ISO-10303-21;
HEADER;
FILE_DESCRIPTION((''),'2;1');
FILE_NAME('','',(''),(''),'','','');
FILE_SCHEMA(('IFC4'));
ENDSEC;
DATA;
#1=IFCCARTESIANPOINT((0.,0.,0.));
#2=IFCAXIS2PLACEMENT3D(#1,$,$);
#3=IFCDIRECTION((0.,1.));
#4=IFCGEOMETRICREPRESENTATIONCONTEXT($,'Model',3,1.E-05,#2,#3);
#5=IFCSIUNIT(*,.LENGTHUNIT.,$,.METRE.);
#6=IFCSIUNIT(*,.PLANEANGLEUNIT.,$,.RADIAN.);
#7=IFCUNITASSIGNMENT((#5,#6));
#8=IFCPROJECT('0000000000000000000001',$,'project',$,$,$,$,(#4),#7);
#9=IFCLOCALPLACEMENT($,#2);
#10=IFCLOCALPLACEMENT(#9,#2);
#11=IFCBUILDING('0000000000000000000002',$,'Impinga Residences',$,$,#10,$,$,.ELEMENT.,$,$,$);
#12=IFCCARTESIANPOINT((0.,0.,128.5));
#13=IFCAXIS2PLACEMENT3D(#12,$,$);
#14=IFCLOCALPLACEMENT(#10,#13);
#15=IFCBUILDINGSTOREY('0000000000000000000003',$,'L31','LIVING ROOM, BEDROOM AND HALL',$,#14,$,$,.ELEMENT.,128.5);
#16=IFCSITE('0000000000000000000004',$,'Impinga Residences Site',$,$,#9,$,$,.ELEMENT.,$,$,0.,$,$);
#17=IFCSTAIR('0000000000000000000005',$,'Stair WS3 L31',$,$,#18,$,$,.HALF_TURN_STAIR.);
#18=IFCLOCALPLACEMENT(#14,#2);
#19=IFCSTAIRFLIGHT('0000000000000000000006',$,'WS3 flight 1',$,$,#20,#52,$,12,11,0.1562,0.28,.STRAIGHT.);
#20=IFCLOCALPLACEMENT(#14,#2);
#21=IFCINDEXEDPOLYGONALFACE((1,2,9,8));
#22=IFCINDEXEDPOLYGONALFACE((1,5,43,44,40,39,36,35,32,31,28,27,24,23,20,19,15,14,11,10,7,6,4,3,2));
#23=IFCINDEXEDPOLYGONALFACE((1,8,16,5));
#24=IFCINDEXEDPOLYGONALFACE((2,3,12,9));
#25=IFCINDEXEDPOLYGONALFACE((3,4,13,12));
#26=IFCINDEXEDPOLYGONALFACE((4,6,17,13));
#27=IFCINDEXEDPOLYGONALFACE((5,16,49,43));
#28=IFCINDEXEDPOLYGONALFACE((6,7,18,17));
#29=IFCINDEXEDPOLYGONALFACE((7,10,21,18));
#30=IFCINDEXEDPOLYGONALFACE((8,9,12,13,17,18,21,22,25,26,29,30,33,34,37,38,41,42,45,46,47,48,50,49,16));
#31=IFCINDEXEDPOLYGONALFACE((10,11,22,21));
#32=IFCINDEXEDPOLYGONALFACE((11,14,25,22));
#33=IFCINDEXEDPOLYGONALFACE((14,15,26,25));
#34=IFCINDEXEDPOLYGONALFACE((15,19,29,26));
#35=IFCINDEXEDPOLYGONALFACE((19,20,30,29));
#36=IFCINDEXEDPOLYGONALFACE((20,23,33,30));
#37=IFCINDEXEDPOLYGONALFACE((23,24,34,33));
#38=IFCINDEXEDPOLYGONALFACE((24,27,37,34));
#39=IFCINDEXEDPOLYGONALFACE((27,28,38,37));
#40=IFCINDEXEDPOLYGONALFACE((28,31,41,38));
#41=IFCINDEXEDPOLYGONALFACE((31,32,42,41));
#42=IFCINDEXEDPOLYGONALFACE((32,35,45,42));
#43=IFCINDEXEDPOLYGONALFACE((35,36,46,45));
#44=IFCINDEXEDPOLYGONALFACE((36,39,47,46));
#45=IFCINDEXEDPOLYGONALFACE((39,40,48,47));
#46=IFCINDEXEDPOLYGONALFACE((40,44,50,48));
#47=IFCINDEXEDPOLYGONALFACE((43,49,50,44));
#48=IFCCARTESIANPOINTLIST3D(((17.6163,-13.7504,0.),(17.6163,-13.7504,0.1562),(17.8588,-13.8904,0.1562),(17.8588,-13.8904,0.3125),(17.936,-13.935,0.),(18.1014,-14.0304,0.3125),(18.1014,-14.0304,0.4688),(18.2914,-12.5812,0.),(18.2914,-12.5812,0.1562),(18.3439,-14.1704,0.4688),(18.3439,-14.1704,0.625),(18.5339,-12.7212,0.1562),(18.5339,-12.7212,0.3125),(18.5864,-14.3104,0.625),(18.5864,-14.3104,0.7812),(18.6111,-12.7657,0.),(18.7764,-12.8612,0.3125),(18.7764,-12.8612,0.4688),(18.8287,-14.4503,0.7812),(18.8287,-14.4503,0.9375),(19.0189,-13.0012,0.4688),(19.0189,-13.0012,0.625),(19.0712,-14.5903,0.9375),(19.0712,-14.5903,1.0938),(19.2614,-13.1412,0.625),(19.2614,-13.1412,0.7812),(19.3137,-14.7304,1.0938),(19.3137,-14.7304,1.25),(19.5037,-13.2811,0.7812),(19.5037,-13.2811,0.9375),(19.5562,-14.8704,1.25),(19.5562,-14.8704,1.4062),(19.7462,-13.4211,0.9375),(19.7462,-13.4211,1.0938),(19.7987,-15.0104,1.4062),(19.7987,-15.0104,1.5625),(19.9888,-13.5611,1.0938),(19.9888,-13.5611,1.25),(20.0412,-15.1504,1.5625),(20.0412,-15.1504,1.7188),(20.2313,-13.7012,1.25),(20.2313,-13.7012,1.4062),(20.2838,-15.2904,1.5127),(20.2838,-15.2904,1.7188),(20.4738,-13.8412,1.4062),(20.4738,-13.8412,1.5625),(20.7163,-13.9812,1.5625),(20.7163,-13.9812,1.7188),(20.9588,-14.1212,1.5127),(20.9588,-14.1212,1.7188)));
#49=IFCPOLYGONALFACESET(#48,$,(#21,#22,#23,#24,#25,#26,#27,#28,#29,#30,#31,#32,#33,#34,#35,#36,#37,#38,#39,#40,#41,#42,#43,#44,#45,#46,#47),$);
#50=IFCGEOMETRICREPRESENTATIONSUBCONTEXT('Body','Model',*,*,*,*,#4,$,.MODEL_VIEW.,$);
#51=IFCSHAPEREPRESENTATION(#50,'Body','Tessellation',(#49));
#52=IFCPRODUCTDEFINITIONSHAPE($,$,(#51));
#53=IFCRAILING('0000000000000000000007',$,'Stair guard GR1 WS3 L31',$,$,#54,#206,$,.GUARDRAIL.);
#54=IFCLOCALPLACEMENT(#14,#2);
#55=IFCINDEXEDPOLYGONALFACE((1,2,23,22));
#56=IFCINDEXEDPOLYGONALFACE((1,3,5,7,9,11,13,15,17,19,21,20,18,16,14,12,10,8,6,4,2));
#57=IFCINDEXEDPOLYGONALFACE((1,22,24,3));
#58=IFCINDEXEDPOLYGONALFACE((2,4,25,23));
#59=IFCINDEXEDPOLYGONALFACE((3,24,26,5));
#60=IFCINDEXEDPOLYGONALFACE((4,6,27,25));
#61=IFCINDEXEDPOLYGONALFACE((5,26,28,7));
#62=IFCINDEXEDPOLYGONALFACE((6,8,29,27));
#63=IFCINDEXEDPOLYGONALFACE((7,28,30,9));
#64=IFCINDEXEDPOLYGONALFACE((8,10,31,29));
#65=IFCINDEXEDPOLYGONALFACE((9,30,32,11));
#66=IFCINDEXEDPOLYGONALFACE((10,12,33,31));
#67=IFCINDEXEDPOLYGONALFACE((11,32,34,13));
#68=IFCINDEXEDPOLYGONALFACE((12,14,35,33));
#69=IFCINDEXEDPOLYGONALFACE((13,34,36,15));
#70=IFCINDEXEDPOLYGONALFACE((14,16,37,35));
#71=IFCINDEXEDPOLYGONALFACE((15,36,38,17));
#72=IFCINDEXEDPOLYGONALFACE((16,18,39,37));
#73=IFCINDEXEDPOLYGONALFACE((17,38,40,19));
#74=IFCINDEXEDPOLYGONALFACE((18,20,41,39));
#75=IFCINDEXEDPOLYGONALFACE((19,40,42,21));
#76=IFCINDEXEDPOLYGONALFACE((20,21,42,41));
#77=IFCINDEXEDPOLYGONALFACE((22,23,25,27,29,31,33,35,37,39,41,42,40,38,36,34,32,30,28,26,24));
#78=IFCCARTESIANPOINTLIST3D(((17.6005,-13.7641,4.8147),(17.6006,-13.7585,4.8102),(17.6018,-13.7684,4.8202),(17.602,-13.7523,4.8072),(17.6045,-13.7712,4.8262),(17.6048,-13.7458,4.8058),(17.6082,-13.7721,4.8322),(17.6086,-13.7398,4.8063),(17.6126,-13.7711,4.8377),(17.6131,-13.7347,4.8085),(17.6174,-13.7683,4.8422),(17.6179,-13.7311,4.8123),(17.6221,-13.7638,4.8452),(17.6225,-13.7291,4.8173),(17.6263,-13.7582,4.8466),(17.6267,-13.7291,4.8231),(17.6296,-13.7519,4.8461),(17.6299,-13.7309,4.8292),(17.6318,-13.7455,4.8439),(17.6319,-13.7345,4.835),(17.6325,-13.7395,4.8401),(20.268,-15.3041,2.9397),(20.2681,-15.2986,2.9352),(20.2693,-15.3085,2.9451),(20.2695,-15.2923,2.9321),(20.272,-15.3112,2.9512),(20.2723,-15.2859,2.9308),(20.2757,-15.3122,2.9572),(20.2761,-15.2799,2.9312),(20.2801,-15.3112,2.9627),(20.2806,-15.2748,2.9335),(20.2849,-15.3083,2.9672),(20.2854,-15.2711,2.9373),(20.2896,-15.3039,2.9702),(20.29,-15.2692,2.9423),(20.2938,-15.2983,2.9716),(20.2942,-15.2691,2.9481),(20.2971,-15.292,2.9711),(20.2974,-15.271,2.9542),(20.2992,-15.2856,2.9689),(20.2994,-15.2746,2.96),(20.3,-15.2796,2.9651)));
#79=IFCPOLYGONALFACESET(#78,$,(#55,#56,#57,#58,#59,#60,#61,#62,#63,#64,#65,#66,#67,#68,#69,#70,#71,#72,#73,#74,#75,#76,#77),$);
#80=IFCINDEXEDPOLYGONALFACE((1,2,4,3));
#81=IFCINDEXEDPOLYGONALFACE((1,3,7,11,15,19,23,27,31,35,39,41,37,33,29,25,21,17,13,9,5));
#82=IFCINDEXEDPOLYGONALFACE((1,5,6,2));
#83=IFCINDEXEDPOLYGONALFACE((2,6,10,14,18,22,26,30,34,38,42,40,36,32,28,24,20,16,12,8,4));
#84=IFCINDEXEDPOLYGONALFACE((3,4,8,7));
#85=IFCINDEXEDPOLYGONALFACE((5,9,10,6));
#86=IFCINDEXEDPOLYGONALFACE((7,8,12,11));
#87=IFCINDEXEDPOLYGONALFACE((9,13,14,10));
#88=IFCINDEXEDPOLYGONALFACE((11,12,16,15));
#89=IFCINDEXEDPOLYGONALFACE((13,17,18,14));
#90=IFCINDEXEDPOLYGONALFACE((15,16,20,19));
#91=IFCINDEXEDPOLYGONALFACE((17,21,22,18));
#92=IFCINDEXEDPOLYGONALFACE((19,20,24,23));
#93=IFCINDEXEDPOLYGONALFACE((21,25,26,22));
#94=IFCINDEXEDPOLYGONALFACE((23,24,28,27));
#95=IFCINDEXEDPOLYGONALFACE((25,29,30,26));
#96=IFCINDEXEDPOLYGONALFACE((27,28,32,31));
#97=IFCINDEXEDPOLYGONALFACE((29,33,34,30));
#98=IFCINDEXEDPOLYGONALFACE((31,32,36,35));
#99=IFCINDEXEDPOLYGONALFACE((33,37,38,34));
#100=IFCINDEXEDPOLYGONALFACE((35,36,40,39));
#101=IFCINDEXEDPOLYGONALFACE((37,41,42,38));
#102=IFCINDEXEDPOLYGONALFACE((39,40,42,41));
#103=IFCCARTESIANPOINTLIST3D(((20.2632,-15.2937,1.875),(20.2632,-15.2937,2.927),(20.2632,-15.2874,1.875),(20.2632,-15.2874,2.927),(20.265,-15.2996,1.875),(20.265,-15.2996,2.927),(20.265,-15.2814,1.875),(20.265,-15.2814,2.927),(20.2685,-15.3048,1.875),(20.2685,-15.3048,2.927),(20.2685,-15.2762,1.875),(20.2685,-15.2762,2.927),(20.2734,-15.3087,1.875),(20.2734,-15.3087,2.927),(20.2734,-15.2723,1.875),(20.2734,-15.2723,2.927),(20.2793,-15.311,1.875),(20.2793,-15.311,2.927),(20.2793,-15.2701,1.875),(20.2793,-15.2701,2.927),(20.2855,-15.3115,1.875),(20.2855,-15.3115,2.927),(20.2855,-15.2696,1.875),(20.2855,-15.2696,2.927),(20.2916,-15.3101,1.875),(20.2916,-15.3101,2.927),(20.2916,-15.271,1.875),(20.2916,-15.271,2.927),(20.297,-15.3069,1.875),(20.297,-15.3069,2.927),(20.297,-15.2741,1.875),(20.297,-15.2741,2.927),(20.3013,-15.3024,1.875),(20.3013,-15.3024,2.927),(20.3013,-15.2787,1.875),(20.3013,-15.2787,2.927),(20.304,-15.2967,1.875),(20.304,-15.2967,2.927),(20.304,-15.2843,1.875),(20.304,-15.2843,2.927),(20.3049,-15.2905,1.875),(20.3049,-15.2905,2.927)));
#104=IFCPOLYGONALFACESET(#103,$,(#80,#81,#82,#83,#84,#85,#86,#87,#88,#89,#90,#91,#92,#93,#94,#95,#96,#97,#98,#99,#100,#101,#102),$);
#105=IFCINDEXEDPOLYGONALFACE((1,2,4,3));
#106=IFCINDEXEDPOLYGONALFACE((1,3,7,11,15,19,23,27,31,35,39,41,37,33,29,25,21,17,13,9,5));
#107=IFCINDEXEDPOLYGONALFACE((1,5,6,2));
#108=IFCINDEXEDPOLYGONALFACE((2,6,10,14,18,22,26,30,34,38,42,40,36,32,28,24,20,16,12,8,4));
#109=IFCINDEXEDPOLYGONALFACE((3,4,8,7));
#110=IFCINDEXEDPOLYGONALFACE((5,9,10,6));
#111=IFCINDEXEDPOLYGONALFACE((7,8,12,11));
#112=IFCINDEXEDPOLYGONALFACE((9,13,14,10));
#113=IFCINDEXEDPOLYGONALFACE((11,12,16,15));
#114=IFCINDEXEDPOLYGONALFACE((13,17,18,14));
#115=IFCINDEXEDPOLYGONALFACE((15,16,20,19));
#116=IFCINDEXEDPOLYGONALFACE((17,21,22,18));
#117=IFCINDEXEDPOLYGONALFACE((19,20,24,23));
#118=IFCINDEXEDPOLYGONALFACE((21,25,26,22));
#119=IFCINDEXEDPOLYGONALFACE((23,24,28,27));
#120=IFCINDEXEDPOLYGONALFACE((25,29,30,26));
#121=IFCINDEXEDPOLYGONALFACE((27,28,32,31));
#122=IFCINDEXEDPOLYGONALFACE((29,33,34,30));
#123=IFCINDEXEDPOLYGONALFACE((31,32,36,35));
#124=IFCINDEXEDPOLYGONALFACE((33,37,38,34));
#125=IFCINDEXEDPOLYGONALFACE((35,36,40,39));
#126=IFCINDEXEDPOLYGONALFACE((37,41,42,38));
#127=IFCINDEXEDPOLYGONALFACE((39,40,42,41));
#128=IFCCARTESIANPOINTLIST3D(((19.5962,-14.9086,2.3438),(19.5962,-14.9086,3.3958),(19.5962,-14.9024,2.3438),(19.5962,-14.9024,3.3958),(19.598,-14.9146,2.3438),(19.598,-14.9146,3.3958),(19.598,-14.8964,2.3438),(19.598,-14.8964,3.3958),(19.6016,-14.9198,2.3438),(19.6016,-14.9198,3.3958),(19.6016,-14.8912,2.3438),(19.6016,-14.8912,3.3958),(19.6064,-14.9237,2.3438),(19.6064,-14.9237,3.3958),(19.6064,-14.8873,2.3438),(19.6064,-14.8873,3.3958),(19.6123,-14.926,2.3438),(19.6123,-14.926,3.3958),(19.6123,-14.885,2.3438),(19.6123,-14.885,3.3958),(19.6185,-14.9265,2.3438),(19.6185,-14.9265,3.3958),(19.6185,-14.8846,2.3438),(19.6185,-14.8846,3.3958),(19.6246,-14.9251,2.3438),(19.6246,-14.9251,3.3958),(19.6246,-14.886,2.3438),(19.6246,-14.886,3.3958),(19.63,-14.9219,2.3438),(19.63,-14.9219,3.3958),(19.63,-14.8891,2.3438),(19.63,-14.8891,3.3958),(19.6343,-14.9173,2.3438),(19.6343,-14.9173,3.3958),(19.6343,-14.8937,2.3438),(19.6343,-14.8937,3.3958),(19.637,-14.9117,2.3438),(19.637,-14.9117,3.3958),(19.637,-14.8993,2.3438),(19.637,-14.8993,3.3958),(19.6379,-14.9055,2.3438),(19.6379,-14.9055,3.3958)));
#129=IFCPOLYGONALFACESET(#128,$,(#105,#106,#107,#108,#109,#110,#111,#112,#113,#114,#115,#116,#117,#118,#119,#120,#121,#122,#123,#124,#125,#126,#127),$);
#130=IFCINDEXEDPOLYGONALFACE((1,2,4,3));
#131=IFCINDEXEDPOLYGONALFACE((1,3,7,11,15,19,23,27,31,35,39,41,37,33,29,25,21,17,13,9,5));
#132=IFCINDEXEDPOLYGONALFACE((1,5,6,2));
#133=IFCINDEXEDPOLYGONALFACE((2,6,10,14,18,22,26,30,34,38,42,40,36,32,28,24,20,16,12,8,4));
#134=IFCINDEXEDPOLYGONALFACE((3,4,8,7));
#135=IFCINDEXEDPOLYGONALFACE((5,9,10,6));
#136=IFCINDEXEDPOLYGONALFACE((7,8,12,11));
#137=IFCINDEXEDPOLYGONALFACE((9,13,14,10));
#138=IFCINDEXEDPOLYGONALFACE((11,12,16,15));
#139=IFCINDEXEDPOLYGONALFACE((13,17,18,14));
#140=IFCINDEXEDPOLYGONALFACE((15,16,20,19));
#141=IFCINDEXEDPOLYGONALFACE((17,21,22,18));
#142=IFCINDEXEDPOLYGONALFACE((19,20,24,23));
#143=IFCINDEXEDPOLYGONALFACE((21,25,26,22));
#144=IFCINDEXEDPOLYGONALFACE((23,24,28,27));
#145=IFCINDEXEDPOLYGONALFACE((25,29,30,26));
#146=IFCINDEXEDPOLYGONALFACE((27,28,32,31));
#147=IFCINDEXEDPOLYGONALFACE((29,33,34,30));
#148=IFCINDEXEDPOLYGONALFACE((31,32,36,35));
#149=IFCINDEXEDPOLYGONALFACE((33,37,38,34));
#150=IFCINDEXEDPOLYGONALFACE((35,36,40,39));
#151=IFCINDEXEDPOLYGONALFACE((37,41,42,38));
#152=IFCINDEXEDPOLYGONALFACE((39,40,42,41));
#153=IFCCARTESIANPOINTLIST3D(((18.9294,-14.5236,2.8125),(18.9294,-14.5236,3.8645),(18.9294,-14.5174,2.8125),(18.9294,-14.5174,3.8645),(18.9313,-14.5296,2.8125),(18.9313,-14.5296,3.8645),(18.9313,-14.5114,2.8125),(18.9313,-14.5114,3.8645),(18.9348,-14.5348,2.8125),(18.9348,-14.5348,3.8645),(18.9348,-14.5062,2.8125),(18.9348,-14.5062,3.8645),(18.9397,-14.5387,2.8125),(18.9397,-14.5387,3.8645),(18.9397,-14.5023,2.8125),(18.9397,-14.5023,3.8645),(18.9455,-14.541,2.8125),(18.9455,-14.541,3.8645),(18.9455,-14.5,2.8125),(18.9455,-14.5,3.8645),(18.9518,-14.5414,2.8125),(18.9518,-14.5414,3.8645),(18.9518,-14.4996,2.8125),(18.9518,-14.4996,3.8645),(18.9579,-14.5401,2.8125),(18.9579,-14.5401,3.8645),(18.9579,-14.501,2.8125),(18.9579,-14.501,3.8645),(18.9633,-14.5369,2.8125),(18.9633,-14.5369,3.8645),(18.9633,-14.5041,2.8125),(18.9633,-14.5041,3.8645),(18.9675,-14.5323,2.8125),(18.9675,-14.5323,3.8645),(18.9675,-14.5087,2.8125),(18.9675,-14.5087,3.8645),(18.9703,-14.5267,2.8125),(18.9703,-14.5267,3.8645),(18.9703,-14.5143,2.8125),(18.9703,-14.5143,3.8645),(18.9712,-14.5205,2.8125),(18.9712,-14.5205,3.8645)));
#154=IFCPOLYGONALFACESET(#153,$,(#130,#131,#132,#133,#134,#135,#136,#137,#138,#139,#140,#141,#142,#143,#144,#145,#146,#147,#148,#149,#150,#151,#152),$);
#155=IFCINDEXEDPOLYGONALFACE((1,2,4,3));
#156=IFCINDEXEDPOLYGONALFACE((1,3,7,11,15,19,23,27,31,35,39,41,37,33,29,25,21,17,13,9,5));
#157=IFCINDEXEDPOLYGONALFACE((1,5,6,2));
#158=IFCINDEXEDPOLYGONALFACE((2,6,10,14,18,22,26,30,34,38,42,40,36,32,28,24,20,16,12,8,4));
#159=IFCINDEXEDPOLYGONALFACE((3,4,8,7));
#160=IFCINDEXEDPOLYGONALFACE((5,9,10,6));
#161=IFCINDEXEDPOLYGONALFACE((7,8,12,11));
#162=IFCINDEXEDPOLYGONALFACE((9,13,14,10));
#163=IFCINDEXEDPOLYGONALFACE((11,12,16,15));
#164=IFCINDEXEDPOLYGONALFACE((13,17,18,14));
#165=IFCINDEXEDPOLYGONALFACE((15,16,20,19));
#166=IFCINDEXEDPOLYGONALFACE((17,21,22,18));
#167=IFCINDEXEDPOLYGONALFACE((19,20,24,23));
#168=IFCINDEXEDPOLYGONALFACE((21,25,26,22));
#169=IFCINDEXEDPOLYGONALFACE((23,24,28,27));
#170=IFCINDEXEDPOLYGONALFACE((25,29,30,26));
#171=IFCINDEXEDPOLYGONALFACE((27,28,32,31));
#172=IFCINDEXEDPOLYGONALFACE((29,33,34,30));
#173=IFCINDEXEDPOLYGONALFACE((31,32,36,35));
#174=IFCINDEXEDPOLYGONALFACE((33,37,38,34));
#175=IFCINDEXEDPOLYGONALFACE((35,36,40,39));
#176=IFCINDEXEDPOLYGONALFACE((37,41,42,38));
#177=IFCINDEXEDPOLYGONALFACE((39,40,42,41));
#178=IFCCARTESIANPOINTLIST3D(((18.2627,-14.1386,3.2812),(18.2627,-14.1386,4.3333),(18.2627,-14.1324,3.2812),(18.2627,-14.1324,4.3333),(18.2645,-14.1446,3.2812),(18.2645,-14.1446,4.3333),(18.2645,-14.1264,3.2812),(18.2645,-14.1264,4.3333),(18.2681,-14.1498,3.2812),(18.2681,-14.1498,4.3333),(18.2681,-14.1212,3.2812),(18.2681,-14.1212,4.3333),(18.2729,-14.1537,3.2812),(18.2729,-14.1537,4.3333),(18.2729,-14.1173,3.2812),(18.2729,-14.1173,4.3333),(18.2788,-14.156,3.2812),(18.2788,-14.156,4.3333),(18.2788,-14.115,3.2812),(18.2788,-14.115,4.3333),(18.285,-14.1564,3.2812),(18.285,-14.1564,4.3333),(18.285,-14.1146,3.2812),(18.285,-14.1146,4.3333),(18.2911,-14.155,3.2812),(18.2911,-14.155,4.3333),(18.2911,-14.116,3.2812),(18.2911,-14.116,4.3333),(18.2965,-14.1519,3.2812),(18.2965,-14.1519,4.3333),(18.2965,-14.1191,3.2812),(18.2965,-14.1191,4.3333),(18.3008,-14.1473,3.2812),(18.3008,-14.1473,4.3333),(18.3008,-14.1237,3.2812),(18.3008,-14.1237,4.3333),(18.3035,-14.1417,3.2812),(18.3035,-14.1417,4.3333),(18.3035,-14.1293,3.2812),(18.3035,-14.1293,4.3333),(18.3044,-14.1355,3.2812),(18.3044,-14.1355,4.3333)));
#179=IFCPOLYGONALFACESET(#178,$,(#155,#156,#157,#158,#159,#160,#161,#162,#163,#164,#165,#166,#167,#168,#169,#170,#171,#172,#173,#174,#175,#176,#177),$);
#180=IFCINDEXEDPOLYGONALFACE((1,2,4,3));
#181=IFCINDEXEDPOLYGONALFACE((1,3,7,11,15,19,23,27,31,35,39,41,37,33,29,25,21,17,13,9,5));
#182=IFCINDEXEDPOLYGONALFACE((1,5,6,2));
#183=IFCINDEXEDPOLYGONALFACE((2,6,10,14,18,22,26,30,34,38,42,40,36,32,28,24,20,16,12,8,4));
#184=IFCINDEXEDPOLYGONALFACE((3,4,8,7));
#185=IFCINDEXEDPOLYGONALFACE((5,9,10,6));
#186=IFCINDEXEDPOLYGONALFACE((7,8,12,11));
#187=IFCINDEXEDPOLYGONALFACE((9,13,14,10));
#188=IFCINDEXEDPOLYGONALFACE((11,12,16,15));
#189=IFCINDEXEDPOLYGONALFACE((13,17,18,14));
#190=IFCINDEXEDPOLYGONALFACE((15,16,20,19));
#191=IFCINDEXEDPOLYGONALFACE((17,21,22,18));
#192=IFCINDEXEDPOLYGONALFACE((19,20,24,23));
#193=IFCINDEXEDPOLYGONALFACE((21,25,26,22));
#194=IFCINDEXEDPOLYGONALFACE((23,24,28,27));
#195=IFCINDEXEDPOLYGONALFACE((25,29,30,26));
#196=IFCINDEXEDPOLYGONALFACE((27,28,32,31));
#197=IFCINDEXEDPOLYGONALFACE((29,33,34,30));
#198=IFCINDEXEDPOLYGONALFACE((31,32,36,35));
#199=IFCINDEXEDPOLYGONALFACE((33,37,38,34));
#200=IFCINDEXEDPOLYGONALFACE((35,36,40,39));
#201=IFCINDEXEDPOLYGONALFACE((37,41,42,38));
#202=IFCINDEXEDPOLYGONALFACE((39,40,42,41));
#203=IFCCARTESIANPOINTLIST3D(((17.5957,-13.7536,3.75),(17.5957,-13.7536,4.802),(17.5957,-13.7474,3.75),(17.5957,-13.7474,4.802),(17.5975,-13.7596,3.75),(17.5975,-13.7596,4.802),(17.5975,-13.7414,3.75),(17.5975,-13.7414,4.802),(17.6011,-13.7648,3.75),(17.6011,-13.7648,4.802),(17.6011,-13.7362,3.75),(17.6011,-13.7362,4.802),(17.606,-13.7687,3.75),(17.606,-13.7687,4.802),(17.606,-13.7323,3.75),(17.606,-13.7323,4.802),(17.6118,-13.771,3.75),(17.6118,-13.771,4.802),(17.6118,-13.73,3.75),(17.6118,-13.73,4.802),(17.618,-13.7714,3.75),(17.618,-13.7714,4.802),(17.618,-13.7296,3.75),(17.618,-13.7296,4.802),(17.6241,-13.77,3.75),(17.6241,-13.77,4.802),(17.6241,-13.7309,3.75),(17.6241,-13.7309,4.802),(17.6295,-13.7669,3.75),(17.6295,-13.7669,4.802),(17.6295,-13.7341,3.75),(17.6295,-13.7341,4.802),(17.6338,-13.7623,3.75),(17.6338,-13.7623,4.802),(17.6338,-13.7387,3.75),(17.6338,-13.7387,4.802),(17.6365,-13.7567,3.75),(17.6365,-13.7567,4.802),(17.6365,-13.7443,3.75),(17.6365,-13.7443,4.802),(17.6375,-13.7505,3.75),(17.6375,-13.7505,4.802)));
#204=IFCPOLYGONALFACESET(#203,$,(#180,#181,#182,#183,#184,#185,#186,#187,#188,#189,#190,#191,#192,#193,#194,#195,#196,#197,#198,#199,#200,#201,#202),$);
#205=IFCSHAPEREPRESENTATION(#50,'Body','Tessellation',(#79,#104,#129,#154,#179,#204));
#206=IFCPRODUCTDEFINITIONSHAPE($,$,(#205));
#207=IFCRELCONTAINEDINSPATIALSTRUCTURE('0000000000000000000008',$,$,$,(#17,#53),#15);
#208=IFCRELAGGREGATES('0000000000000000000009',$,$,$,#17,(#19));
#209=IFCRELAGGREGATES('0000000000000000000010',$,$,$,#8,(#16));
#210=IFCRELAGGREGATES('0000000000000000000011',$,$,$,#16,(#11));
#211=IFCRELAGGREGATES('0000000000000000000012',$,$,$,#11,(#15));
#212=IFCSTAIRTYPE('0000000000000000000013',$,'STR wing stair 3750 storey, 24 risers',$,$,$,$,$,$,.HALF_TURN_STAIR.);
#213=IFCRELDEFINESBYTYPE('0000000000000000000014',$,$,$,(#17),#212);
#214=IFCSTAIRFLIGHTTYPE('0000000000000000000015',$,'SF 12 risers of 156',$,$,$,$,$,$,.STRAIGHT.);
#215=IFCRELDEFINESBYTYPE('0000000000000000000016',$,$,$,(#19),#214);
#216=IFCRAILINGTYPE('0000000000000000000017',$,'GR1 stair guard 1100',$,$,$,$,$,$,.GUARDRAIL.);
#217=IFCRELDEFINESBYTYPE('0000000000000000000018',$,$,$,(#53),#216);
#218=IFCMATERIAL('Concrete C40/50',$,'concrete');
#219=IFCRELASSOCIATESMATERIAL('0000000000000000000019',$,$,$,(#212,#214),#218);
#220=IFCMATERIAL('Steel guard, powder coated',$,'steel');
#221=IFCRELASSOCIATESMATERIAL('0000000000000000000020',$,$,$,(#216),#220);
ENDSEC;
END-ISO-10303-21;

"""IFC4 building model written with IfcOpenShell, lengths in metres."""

from ifc_helpers import new_model, si_unit, direction, frame, origin, origin_2d, place, context, subcontext, project, spatial, polyline, circle, outline, extrude, material, type_object, element, aggregate, save


model = new_model("IFC4")

# Units and contexts
model_context = context("Model", 3, precision=1e-05, world=origin(), true_north=direction((0.0, 1.0)))
body_context = subcontext(model_context, "Body", "Model", "MODEL_VIEW")
ifc_project = project(units=[si_unit("LENGTHUNIT", "METRE"), si_unit("PLANEANGLEUNIT", "RADIAN")], contexts=[model_context])

# Site, building, storey
site_placement = place(None, origin())
site = spatial("IfcSite", under=ifc_project, at=site_placement, Name="Impinga Residences Site", CompositionType="ELEMENT", RefElevation=0.0)
building_placement = place(site_placement, origin())
building = spatial("IfcBuilding", under=site, at=building_placement, Name="Impinga Residences", CompositionType="ELEMENT")
storey_placement = place(building_placement, frame((0.0, 0.0, 128.5)))
storey = spatial("IfcBuildingStorey", under=building, at=storey_placement, Name="L31", Description="LIVING ROOM, BEDROOM AND HALL", CompositionType="ELEMENT", Elevation=128.5)

# Stair, stair flight
ifc_material_1 = material(Name="Concrete C40/50", Category="concrete")
stair_type = type_object("IfcStairType", Name="STR wing stair 3750 storey, 24 risers", PredefinedType="HALF_TURN_STAIR", material=ifc_material_1)
stair_placement = place(storey_placement, origin())
stair = element("IfcStair", 1, at=stair_placement, inside=storey, type_object=stair_type, Name="Stair WS3 L31", PredefinedType="HALF_TURN_STAIR")
stair_flight_type = type_object("IfcStairFlightType", Name="SF 12 risers of 156", PredefinedType="STRAIGHT", material=ifc_material_1)
stair_flight_placement = place(storey_placement, frame((17.9539, -13.1658, 0.0), z_axis=(0.0, 0.0, 1.0), x_axis=(0.866025, -0.5, 0.0)))
stair_flight = element("IfcStairFlight", 2, at=stair_flight_placement, type_object=stair_flight_type, Name="WS3 flight 1", NumberOfRisers=12, NumberOfTreads=11, PredefinedType="STRAIGHT", RiserHeight=0.1562, TreadLength=0.28, context=body_context, shape_type="SweptSolid", body=[
    extrude(outline(polyline([(0.0, 0.0), (0.0, 0.1562), (0.28, 0.1562), (0.28, 0.3125), (0.5601, 0.3125), (0.5601, 0.4688), (0.8401, 0.4688), (0.8401, 0.625), (1.1201, 0.625), (1.1201, 0.7812), (1.3999, 0.7812), (1.3999, 0.9375), (1.6799, 0.9375), (1.6799, 1.0938), (1.96, 1.0938), (1.96, 1.25), (2.24, 1.25), (2.24, 1.4062), (2.52, 1.4062), (2.52, 1.5625), (2.8, 1.5625), (2.8, 1.7188), (3.0801, 1.7188), (3.0801, 1.875), (3.0801, 1.5127), (0.3691, 0.0), (0.0, 0.0)])), frame((0.0, 0.675, 0.0), z_axis=(0.0, -1.0, 0.0), x_axis=(1.0, 0.0, 0.0)), (0.0, 0.0, 1.0), 1.3501),
])
aggregate(stair, [stair_flight])

# Railing
ifc_material_2 = material(Name="Steel guard, powder coated", Category="steel")
railing_type_1 = type_object("IfcRailingType", Name="GR1 stair guard 1100", PredefinedType="GUARDRAIL", material=ifc_material_2)
railing_1_placement = place(storey_placement, frame((20.2839, -15.2905, 1.875)))
element("IfcRailing", 3, at=railing_1_placement, inside=storey, type_object=railing_type_1, Name="Stair guard GR1 WS3 L31", PredefinedType="GUARDRAIL", context=body_context, shape_type="SweptSolid", body=[
    extrude(circle(Radius=0.0239, at=origin_2d()), frame((0.0, 0.0, 1.0762), z_axis=(-0.739746, 0.427084, 0.519975), x_axis=(-0.499992, -0.86603, 0.0)), (0.0, 0.0, 1.0), 3.606),
    extrude(circle(Radius=0.021, at=origin_2d()), origin(), (0.0, 0.0, 1.0), 1.052),
    extrude(circle(Radius=0.021, at=origin_2d()), frame((-0.667, 0.385, 0.4688)), (0.0, 0.0, 1.0), 1.052),
    extrude(circle(Radius=0.021, at=origin_2d()), frame((-1.3337, 0.77, 0.9375)), (0.0, 0.0, 1.0), 1.052),
    extrude(circle(Radius=0.021, at=origin_2d()), frame((-2.0005, 1.155, 1.4062)), (0.0, 0.0, 1.0), 1.052),
    extrude(circle(Radius=0.021, at=origin_2d()), frame((-2.6675, 1.54, 1.875)), (0.0, 0.0, 1.0), 1.052),
])

save(model, "model.ifc")
